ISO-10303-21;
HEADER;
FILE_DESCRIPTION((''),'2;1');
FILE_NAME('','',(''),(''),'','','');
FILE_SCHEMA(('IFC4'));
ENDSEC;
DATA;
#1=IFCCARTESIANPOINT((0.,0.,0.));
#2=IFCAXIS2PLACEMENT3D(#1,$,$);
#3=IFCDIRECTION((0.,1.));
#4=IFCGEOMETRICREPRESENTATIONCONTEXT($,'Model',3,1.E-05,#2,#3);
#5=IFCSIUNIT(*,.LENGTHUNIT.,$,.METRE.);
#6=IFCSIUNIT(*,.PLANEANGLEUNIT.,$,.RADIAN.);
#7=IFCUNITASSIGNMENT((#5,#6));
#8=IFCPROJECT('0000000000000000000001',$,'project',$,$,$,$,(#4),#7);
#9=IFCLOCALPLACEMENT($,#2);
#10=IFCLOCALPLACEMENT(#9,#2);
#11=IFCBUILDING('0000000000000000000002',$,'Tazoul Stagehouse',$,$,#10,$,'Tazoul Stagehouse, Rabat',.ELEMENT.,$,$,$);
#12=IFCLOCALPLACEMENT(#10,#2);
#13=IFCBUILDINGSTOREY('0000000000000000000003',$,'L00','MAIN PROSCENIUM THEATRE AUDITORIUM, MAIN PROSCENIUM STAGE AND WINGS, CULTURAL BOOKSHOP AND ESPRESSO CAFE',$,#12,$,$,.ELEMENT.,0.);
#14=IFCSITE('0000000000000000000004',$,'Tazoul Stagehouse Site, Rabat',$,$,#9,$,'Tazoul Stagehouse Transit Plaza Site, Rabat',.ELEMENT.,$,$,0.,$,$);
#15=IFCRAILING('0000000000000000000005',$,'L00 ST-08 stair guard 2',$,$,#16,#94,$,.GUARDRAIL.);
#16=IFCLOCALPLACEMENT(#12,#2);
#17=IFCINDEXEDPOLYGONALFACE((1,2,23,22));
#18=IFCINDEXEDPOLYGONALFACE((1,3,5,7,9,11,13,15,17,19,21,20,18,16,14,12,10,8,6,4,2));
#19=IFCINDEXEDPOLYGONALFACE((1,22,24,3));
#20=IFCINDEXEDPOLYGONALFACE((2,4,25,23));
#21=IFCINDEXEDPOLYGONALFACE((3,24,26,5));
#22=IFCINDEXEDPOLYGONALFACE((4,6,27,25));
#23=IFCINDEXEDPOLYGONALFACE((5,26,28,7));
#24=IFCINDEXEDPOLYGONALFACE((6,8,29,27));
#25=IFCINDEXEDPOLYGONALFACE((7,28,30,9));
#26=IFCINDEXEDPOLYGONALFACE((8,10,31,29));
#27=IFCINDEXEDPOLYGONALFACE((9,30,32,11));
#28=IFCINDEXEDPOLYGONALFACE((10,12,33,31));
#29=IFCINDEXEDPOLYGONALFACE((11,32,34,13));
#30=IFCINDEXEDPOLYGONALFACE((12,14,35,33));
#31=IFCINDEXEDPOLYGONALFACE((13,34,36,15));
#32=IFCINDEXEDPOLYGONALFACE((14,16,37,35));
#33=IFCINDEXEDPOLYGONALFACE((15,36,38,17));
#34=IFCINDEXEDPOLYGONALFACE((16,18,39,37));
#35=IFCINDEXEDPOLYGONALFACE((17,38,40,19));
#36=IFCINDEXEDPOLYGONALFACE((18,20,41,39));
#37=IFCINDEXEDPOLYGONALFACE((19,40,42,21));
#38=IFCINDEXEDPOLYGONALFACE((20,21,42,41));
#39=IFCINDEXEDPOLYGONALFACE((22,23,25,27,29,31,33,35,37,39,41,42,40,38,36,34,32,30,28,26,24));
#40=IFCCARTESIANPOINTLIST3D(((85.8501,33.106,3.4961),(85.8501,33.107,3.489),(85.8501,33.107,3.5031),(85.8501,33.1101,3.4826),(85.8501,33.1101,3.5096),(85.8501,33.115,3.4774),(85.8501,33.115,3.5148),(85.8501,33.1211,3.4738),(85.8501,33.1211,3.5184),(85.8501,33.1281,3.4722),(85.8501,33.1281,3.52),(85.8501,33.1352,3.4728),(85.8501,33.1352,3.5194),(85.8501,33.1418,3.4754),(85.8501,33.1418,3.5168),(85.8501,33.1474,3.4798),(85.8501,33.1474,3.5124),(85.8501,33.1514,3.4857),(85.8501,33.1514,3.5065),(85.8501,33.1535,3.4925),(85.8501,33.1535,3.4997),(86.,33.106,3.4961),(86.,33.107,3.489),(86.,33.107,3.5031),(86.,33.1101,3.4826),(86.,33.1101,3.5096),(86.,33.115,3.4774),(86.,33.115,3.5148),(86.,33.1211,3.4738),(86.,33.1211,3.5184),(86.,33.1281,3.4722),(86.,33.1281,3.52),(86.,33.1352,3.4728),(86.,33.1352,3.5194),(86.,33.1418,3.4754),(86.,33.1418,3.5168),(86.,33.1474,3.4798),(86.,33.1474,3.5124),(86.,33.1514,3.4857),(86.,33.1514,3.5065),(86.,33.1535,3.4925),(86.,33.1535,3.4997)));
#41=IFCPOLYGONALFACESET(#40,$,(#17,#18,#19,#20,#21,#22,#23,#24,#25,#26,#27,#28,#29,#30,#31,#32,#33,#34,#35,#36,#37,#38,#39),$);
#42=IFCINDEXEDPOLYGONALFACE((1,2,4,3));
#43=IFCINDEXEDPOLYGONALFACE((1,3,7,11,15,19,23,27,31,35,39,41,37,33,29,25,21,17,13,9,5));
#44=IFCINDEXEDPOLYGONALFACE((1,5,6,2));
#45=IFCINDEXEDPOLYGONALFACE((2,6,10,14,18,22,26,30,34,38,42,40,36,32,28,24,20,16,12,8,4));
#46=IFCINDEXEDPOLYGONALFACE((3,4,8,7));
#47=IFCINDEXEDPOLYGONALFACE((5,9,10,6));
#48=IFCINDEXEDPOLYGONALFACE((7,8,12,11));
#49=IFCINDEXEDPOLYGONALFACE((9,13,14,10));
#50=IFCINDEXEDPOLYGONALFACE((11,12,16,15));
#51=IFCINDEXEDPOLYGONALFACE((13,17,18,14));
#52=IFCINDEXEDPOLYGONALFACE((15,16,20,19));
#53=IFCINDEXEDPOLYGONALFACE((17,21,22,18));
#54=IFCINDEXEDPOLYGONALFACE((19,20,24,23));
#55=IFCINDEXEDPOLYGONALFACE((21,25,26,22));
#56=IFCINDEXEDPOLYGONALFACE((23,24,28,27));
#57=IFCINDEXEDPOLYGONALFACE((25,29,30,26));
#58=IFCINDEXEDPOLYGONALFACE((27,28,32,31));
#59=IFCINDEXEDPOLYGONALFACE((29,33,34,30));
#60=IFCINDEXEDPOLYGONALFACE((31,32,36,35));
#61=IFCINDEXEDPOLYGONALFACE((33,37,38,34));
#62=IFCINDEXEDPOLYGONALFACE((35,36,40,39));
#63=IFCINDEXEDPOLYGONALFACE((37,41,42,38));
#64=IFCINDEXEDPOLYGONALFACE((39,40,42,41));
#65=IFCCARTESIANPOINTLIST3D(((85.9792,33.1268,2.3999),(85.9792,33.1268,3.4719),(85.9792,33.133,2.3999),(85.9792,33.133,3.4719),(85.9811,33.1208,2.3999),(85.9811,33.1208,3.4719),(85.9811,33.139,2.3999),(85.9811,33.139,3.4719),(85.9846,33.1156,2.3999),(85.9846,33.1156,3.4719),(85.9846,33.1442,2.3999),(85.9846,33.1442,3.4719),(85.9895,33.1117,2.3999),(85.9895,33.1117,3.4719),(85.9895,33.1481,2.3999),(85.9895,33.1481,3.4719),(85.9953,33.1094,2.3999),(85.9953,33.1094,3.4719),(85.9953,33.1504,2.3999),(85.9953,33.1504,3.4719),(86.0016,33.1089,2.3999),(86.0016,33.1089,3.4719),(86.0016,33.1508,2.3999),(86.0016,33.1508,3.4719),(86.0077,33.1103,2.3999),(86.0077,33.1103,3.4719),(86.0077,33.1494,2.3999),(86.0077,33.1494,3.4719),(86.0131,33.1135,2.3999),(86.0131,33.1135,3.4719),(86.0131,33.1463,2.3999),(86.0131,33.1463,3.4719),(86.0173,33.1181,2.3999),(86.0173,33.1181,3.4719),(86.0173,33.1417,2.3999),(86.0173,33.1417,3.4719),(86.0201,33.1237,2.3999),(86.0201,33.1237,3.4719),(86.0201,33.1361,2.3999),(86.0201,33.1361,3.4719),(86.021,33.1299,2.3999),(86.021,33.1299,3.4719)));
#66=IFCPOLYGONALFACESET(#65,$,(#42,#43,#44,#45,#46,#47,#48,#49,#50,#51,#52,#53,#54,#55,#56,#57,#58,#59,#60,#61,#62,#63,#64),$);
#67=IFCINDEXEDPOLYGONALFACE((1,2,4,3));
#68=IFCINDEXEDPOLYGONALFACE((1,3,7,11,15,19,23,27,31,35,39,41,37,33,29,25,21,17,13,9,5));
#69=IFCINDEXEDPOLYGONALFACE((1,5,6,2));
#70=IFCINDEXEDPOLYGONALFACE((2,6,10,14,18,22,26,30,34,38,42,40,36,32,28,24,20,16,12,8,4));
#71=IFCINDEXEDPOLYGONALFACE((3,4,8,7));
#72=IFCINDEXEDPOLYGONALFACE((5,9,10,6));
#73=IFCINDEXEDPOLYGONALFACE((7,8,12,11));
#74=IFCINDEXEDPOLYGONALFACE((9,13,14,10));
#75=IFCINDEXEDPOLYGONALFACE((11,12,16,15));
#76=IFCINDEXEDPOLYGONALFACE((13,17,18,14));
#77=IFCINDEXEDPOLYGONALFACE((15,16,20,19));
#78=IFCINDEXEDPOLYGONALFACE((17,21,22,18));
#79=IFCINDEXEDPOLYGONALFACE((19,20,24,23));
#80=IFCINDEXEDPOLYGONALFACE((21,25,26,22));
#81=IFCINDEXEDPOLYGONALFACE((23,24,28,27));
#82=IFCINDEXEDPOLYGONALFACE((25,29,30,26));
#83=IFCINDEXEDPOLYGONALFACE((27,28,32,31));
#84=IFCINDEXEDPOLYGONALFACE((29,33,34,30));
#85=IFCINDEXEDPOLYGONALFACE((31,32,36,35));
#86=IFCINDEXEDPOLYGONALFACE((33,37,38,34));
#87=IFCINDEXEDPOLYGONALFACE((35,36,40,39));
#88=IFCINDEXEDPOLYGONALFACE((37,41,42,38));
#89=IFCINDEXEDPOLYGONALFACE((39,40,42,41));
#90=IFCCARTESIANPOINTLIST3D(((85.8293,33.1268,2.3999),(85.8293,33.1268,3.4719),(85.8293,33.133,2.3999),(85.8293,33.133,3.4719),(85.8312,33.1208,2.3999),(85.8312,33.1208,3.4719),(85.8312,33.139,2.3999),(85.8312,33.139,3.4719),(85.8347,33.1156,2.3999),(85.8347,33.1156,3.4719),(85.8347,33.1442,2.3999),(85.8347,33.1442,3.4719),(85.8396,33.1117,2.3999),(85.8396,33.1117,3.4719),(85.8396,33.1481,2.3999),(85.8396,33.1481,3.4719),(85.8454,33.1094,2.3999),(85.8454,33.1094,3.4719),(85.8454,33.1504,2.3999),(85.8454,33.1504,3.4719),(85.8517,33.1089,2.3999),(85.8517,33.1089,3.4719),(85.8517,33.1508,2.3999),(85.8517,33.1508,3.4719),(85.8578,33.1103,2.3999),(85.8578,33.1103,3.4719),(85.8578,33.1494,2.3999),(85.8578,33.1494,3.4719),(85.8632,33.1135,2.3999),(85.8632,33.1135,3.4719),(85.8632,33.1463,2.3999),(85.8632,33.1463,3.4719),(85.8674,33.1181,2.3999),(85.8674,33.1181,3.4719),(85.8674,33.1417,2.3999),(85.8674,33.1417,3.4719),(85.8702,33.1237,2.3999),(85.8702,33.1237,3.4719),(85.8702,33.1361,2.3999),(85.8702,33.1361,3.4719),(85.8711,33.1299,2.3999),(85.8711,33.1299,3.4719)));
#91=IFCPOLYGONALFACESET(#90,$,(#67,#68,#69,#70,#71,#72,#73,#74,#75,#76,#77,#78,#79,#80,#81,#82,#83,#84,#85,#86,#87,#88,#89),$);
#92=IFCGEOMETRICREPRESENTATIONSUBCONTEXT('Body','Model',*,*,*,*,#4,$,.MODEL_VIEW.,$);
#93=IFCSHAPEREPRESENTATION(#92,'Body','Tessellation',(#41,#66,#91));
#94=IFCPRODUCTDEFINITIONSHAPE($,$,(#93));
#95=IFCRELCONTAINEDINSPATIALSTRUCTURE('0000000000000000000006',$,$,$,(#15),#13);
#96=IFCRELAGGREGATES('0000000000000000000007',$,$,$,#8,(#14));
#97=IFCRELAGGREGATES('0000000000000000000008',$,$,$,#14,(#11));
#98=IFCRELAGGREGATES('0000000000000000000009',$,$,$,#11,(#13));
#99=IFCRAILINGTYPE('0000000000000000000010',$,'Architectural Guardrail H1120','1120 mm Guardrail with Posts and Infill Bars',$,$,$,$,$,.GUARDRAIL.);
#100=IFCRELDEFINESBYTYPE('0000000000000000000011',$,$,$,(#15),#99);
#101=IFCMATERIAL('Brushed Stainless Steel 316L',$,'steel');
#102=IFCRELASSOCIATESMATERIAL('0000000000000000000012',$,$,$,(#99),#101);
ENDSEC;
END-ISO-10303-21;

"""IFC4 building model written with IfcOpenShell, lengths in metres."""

from ifc_helpers import new_model, si_unit, direction, frame, origin, origin_2d, place, context, subcontext, project, spatial, circle, extrude, material, material_profile, profile_set, type_object, element, save


model = new_model("IFC4")

# Units and contexts
model_context = context("Model", 3, precision=1e-05, world=origin(), true_north=direction((0.0, 1.0)))
body_context = subcontext(model_context, "Body", "Model", "MODEL_VIEW")
ifc_project = project(units=[si_unit("LENGTHUNIT", "METRE"), si_unit("PLANEANGLEUNIT", "RADIAN")], contexts=[model_context])

# Site, building, storey
site_placement = place(None, origin())
site = spatial("IfcSite", under=ifc_project, at=site_placement, Name="Tazoul Stagehouse Site, Rabat", LongName="Tazoul Stagehouse Transit Plaza Site, Rabat", CompositionType="ELEMENT", RefElevation=0.0)
building_placement = place(site_placement, origin())
building = spatial("IfcBuilding", under=site, at=building_placement, Name="Tazoul Stagehouse", LongName="Tazoul Stagehouse, Rabat", CompositionType="ELEMENT")
storey_placement = place(building_placement, origin())
storey = spatial("IfcBuildingStorey", under=building, at=storey_placement, Name="L00", Description="MAIN PROSCENIUM THEATRE AUDITORIUM, MAIN PROSCENIUM STAGE AND WINGS, CULTURAL BOOKSHOP AND ESPRESSO CAFE", CompositionType="ELEMENT", Elevation=0.0)

# Railing
ifc_material_1 = material(Name="Brushed Stainless Steel 316L", Category="steel")
ifc_material_profile_1 = material_profile(ifc_material_1, circle(Radius=0.0239, at=origin_2d()), Name="SS RAIL D48")
ifc_profile_set_1 = profile_set([ifc_material_profile_1], Name="Brushed Stainless Steel 316L")
railing_type_1 = type_object("IfcRailingType", Name="Architectural Guardrail H1120", Description="1120 mm Guardrail with Posts and Infill Bars", PredefinedType="GUARDRAIL", material=ifc_profile_set_1)
railing_1_placement = place(storey_placement, frame((86.0, 33.1299, 2.3999)))
element("IfcRailing", 1, at=railing_1_placement, inside=storey, type_object=railing_type_1, Name="L00 ST-08 stair guard 2", PredefinedType="GUARDRAIL", context=body_context, shape_type="SweptSolid", body=[
    extrude(circle(Radius=0.0239, at=origin_2d()), frame((0.0, 0.0, 1.0962), z_axis=(-1.0, 0.0, 0.0), x_axis=(0.0, -1.0, 0.0)), (0.0, 0.0, 1.0), 0.1499),
    extrude(circle(Radius=0.021, at=origin_2d()), origin(), (0.0, 0.0, 1.0), 1.072),
    extrude(circle(Radius=0.021, at=origin_2d()), frame((-0.1499, 0.0, 0.0)), (0.0, 0.0, 1.0), 1.072),
])

save(model, "model.ifc")
